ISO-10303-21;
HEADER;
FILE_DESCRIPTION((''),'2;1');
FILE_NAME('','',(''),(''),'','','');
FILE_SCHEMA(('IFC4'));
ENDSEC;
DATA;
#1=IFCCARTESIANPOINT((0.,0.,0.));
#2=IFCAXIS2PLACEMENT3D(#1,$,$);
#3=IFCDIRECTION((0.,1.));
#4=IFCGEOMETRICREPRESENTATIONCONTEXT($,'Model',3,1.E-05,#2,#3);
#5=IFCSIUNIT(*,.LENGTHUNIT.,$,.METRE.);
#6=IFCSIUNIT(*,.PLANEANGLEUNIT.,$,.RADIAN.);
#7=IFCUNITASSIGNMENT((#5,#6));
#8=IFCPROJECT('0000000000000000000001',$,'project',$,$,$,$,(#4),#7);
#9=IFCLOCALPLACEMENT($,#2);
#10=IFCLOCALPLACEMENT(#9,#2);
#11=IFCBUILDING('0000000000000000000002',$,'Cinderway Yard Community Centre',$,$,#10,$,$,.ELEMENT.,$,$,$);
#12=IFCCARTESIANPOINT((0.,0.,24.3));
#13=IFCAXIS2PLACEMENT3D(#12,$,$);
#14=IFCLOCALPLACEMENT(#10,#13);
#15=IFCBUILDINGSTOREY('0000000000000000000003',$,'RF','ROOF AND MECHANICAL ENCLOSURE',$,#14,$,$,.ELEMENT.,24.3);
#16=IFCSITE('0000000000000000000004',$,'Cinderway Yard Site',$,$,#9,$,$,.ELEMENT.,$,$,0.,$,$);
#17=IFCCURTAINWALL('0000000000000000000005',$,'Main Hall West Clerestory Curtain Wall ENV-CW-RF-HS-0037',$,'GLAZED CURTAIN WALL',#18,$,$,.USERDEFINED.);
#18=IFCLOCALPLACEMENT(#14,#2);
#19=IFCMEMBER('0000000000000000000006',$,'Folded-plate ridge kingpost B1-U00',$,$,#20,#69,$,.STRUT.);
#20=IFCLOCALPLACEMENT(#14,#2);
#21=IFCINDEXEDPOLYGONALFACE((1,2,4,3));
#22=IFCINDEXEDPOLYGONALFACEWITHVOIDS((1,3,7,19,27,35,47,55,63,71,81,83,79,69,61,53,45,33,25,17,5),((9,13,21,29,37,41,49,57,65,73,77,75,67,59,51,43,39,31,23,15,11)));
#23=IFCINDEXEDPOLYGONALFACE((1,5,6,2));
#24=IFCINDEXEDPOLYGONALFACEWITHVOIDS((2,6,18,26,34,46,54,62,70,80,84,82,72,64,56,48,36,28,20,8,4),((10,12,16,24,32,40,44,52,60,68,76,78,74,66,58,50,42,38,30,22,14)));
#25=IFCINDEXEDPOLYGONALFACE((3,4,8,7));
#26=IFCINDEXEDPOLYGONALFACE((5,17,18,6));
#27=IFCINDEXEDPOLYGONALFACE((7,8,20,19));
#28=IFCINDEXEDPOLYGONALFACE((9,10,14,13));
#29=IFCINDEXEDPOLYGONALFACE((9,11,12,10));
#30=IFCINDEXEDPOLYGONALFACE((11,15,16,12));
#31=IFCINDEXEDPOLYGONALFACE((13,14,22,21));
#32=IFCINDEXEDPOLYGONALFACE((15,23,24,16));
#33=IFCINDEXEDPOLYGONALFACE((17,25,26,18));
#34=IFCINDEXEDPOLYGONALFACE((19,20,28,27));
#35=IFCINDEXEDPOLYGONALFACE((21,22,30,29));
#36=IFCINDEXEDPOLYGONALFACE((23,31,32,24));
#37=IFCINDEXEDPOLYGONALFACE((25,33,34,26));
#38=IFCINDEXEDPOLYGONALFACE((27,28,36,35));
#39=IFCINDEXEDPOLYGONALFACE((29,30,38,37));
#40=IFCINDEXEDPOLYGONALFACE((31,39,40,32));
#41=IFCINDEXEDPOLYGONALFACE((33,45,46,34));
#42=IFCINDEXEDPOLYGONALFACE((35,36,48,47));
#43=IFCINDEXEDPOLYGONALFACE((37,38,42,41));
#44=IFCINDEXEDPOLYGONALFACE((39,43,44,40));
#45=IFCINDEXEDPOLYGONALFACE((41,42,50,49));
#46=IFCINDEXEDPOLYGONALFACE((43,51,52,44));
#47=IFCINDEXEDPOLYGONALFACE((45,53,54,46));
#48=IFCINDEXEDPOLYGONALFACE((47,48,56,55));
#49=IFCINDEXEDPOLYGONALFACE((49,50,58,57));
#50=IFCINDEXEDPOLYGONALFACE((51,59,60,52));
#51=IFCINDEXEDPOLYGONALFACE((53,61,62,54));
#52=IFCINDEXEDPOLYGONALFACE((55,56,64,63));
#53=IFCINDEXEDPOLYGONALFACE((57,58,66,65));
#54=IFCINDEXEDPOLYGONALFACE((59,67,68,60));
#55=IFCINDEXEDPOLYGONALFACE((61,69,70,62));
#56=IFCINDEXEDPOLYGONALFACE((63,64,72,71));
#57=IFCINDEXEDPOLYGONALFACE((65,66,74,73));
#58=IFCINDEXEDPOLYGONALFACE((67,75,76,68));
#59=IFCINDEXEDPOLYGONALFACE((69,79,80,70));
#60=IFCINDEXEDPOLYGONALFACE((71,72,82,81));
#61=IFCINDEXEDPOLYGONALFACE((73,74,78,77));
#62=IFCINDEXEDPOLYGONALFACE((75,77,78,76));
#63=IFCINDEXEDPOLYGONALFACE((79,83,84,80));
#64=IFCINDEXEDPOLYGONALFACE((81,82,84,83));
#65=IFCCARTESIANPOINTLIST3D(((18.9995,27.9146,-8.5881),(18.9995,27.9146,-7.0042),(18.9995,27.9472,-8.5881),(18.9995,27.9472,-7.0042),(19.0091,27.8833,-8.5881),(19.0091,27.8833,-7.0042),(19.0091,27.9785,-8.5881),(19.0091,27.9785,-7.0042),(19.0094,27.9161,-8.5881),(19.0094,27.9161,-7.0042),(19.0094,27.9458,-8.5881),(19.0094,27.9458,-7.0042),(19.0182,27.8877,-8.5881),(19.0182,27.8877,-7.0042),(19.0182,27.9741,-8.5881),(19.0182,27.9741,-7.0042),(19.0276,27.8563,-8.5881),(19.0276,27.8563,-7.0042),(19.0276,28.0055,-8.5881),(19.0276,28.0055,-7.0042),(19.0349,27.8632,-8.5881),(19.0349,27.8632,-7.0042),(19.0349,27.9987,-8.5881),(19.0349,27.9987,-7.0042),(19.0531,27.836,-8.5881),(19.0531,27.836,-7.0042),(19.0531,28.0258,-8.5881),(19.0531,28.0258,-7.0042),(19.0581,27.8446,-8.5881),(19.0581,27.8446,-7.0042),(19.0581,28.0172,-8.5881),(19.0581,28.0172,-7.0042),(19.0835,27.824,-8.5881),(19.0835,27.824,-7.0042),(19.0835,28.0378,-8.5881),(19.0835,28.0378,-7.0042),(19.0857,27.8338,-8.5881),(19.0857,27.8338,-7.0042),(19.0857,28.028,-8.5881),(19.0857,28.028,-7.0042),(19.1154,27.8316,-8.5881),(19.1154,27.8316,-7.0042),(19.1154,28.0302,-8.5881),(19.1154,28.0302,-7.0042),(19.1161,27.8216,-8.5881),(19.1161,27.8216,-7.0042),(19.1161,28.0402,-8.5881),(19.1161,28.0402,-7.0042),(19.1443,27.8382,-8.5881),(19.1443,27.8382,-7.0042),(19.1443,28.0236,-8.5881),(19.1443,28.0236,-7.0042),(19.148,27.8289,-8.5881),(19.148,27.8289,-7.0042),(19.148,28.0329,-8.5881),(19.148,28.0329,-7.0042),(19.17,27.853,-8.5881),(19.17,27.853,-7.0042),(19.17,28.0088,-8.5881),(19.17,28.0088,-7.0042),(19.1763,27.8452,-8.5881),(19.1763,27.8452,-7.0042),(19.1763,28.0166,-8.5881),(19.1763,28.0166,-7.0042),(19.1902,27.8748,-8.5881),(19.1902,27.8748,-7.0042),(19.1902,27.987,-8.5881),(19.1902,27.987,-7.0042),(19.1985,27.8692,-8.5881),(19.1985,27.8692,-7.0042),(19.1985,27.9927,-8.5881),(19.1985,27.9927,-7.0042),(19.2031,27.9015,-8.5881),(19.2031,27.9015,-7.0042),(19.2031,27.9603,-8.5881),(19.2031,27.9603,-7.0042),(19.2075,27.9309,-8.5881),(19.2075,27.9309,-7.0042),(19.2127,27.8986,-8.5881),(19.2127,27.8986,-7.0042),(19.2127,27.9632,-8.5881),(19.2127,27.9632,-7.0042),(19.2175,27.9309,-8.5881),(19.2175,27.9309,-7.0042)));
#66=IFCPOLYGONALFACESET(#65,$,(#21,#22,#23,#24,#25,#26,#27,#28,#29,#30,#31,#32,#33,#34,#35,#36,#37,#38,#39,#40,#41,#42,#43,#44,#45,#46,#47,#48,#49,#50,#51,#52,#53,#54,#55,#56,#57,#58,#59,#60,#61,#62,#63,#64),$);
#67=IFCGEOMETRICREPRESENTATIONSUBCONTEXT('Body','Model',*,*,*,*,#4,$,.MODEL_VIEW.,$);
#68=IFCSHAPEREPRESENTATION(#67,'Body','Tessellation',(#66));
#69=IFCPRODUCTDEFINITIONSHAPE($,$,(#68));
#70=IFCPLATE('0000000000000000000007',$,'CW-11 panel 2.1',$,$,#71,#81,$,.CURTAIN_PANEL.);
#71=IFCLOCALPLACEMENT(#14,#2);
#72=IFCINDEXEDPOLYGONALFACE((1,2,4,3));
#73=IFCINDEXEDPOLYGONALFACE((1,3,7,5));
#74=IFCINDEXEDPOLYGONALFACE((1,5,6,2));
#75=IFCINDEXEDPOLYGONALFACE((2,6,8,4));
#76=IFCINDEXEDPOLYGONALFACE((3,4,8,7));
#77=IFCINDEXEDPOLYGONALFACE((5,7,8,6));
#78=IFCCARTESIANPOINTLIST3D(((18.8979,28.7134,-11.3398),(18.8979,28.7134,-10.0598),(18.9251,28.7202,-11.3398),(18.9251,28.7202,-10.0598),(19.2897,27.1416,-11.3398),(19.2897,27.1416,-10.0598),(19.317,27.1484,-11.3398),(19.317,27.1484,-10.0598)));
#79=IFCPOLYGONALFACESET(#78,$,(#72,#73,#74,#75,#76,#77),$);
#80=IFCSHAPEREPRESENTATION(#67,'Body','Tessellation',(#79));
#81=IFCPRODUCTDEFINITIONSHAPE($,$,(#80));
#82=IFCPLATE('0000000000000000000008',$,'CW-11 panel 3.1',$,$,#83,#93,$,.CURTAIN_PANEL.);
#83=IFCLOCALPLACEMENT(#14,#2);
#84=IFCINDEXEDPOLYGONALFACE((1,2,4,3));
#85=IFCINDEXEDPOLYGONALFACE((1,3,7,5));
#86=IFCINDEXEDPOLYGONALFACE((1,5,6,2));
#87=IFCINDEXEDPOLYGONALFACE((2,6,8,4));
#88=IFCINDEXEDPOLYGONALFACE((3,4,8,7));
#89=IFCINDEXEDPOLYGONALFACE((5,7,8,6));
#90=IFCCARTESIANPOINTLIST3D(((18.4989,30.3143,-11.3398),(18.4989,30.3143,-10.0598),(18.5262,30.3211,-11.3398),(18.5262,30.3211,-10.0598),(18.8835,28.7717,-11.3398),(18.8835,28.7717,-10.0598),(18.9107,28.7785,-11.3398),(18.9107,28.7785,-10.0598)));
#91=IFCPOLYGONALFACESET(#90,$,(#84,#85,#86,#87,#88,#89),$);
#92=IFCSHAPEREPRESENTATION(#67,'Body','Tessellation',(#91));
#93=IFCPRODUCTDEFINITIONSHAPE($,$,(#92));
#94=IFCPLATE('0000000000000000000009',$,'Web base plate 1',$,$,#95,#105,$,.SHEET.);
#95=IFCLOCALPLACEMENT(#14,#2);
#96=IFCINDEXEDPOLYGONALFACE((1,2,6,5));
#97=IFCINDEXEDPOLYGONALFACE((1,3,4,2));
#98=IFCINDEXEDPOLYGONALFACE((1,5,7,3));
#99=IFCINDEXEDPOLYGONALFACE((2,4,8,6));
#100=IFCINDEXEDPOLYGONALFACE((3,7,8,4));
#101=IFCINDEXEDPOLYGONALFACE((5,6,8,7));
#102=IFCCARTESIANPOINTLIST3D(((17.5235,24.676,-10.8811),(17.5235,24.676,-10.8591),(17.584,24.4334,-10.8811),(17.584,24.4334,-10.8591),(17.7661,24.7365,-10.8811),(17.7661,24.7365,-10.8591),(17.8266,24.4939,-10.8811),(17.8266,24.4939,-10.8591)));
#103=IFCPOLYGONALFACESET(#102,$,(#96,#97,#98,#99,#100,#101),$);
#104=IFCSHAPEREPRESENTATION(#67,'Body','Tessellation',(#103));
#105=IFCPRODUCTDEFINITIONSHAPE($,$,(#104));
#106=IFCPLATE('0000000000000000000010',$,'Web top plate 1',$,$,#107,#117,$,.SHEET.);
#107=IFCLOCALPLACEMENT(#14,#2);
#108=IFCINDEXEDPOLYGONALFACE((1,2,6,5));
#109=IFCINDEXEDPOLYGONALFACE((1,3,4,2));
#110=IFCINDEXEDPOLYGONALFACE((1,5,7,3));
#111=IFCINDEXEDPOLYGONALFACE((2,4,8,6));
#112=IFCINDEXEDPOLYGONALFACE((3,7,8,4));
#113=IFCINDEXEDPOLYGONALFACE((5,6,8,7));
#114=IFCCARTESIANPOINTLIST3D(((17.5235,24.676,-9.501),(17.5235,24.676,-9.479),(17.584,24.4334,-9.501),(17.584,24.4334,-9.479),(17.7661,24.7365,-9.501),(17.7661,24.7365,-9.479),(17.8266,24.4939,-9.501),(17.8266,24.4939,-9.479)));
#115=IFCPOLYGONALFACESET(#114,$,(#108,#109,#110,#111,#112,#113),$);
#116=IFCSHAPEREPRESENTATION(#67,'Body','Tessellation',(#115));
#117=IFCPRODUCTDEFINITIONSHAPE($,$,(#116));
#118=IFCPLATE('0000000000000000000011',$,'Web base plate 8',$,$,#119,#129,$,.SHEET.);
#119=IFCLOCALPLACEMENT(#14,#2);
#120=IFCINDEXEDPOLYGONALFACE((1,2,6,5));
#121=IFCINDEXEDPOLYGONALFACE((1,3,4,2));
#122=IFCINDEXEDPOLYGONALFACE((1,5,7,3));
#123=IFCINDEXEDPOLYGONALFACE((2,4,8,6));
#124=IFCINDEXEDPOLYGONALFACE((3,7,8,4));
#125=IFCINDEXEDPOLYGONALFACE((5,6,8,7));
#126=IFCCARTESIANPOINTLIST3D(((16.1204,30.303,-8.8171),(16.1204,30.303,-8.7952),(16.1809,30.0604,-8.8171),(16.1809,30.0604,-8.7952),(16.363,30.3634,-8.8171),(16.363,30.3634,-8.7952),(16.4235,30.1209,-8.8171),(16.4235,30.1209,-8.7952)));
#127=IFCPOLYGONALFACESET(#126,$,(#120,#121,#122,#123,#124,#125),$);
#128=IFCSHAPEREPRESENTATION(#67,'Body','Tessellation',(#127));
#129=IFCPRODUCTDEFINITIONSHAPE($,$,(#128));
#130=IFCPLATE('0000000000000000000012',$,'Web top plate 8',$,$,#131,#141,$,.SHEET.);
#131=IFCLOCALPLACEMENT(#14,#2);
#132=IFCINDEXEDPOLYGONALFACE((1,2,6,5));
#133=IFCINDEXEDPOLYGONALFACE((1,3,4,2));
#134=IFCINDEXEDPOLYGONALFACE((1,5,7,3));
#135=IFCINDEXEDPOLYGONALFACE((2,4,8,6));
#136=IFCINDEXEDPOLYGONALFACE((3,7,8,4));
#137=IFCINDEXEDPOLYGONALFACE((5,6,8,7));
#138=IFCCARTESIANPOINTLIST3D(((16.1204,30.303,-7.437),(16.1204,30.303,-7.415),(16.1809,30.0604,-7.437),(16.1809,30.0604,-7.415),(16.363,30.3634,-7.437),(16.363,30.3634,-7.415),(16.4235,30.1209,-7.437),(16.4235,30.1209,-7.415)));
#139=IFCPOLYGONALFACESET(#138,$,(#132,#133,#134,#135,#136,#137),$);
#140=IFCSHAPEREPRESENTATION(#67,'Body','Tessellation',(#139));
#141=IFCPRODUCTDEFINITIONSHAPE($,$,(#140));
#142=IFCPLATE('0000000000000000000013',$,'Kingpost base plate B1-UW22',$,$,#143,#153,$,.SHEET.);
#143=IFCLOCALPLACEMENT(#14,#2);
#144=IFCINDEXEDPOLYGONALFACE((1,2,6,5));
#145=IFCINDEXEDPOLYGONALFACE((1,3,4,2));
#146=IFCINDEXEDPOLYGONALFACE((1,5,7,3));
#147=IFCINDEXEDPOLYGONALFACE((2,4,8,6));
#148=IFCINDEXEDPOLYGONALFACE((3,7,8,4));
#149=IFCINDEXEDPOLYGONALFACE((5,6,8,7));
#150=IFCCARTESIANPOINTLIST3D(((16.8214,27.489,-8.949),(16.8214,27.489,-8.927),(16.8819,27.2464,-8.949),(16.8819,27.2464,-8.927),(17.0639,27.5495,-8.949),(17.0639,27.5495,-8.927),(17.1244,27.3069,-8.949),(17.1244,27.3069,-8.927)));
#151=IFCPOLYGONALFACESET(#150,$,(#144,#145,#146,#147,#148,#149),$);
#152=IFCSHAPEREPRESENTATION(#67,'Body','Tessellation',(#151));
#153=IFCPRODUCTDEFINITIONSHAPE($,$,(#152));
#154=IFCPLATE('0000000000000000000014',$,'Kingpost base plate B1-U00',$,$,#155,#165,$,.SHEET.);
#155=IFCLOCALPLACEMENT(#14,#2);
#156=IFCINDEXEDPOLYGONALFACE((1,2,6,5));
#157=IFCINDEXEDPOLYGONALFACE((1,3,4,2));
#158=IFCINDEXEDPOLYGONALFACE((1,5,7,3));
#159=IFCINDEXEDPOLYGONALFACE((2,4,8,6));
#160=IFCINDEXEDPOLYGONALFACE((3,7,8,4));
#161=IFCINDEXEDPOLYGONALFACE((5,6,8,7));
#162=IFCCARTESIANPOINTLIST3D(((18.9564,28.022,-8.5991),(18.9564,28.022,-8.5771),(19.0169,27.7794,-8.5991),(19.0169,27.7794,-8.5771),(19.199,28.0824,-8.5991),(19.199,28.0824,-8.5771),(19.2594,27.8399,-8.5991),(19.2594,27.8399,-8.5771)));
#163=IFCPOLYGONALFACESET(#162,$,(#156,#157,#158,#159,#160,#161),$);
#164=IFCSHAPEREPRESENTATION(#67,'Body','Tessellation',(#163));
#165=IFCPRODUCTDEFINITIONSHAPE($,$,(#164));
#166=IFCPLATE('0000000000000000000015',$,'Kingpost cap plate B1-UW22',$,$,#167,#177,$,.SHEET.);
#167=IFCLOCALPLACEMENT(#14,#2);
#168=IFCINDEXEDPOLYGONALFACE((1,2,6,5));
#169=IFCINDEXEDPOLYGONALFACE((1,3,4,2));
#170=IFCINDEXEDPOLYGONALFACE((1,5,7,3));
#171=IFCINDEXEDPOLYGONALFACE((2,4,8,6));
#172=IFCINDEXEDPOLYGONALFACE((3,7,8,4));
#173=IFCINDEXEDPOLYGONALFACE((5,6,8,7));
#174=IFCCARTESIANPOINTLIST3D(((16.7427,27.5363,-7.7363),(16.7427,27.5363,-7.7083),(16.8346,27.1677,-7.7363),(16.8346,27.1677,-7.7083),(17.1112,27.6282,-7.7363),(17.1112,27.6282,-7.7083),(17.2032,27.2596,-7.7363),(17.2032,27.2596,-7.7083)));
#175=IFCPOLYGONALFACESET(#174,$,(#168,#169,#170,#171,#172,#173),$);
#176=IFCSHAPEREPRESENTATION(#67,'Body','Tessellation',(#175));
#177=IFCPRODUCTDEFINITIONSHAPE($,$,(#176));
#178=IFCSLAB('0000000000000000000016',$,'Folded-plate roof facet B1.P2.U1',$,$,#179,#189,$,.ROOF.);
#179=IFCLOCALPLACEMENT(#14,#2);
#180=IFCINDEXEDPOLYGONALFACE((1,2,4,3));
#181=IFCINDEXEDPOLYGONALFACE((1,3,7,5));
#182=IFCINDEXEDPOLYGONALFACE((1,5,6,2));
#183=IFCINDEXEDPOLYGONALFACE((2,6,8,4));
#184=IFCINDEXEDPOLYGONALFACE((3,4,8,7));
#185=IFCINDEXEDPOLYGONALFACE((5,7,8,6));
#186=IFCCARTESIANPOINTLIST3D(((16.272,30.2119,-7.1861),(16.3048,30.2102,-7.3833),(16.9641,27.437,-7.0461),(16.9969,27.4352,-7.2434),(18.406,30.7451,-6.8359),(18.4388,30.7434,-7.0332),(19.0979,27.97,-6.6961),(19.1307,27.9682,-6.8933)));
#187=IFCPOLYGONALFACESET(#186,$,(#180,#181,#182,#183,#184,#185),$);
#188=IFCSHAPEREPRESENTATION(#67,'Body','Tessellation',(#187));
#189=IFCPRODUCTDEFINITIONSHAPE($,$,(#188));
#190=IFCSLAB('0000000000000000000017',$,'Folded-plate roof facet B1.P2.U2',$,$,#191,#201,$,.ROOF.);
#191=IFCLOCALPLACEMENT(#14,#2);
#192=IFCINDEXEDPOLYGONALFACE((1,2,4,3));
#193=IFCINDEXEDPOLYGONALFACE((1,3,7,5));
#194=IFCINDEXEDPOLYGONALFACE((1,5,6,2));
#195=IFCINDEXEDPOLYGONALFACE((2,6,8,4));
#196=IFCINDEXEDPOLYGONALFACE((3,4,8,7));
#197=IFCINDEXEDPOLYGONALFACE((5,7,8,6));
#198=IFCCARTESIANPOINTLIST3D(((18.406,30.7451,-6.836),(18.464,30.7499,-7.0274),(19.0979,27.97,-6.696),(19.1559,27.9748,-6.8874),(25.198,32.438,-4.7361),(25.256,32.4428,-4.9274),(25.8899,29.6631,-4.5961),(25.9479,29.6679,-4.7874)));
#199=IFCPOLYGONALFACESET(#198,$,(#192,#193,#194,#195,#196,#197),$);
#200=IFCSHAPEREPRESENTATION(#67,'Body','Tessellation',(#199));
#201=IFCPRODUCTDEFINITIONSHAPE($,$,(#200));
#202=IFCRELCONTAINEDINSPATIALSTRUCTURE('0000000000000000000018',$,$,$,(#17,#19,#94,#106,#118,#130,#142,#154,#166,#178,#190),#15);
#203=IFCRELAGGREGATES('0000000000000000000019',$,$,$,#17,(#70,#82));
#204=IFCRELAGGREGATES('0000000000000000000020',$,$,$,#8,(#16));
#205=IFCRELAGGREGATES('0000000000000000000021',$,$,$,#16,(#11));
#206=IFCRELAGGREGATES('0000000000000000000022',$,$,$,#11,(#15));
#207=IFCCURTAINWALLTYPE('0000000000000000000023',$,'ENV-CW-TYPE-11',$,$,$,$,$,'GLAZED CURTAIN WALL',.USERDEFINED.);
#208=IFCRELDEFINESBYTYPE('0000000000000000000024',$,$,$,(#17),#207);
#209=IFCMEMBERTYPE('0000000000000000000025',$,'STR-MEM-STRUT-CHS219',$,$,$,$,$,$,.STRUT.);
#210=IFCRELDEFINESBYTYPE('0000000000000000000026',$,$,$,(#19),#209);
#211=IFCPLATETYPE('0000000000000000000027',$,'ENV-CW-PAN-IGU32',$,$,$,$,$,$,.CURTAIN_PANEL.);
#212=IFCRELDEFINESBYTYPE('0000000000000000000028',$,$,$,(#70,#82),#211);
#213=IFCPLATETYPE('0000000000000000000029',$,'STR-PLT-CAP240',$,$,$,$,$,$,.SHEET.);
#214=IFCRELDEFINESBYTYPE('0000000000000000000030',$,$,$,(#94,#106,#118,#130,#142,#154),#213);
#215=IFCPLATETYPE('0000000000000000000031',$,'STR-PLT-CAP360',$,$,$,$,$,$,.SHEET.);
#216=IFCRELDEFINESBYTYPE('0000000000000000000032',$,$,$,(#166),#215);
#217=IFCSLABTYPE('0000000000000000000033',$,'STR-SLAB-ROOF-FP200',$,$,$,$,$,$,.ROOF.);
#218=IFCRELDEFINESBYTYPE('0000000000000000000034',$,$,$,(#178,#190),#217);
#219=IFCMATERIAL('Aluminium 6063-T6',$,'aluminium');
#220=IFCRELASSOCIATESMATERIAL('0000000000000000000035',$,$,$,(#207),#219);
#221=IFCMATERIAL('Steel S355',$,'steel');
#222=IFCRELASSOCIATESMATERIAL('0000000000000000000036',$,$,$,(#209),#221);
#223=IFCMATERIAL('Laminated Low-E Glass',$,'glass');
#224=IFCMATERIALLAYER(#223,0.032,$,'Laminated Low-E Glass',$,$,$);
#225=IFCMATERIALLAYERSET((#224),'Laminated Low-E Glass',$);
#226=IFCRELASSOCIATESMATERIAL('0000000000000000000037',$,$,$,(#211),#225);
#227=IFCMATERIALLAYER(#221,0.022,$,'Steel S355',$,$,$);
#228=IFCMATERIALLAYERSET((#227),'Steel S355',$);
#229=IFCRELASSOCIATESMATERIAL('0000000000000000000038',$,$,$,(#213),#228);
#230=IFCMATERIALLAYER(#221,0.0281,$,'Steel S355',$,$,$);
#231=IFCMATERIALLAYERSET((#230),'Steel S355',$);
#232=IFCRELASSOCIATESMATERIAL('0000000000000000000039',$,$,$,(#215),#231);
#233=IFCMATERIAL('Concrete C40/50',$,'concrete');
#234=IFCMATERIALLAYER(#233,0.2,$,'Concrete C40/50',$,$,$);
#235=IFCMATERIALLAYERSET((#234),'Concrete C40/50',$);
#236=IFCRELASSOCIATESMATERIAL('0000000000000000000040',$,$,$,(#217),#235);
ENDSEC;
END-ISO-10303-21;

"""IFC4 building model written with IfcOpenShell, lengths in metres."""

from ifc_helpers import new_model, si_unit, direction, frame, origin, origin_2d, place, context, subcontext, project, spatial, polyline, rectangle, hollow_circle, outline, extrude, material, layer, layer_set, material_profile, profile_set, type_object, element, aggregate, save


model = new_model("IFC4")

# Units and contexts
model_context = context("Model", 3, precision=1e-05, world=origin(), true_north=direction((0.0, 1.0)))
body_context = subcontext(model_context, "Body", "Model", "MODEL_VIEW")
ifc_project = project(units=[si_unit("LENGTHUNIT", "METRE"), si_unit("PLANEANGLEUNIT", "RADIAN")], contexts=[model_context])

# Site, building, storey
site_placement = place(None, origin())
site = spatial("IfcSite", under=ifc_project, at=site_placement, Name="Cinderway Yard Site", CompositionType="ELEMENT", RefElevation=0.0)
building_placement = place(site_placement, origin())
building = spatial("IfcBuilding", under=site, at=building_placement, Name="Cinderway Yard Community Centre", CompositionType="ELEMENT")
storey_placement = place(building_placement, frame((0.0, 0.0, 24.3)))
storey = spatial("IfcBuildingStorey", under=building, at=storey_placement, Name="RF", Description="ROOF AND MECHANICAL ENCLOSURE", CompositionType="ELEMENT", Elevation=24.3)

# Curtain wall
ifc_material_1 = material(Name="Aluminium 6063-T6", Category="aluminium")
curtain_wall_type = type_object("IfcCurtainWallType", Name="ENV-CW-TYPE-11", ElementType="GLAZED CURTAIN WALL", PredefinedType="USERDEFINED", material=ifc_material_1)
curtain_wall_placement = place(storey_placement, origin())
curtain_wall = element("IfcCurtainWall", 1, at=curtain_wall_placement, inside=storey, type_object=curtain_wall_type, Name="Main Hall West Clerestory Curtain Wall ENV-CW-RF-HS-0037", ObjectType="GLAZED CURTAIN WALL", PredefinedType="USERDEFINED")

# Shared definitions
ifc_material_2 = material(Name="Concrete C40/50", Category="concrete")
ifc_material_3 = material(Name="Steel S355", Category="steel")

# Member
ifc_material_profile_1 = material_profile(ifc_material_3, hollow_circle(Radius=0.1096, WallThickness=0.01, at=origin_2d()), Name="Steel S355")
ifc_profile_set_1 = profile_set([ifc_material_profile_1], Name="Steel S355")
member_type_1 = type_object("IfcMemberType", Name="STR-MEM-STRUT-CHS219", PredefinedType="STRUT", material=ifc_profile_set_1)
for number, where, z_axis, x_axis, name in (
    (2, (19.1079, 27.9309, -8.5881), (0.0, 0.0, 1.0), (1.0, 0.0, 0.0), "Folded-plate ridge kingpost B1-U00"),
):
    element("IfcMember", number, at=place(storey_placement, frame(where, z_axis=z_axis, x_axis=x_axis)), inside=storey, type_object=member_type_1, Name=name, PredefinedType="STRUT", context=body_context, shape_type="SweptSolid", body=[
        extrude(hollow_circle(Radius=0.1096, WallThickness=0.01, at=origin_2d()), origin(), (0.0, 0.0, 1.0), 1.584),
    ])

# Plates
ifc_material_4 = material(Name="Laminated Low-E Glass", Category="glass")
ifc_layer_1 = layer(ifc_material_4, 0.032, Name="Laminated Low-E Glass")
ifc_layer_set_1 = layer_set([ifc_layer_1], Name="Laminated Low-E Glass")
plate_type_1 = type_object("IfcPlateType", Name="ENV-CW-PAN-IGU32", PredefinedType="CURTAIN_PANEL", material=ifc_layer_set_1)
plate_1_placement = place(storey_placement, frame((19.1074, 27.9309, -11.3398), z_axis=(0.0, 0.0, 1.0), x_axis=(-0.241882, 0.970306, 0.0)))
plate_1 = element("IfcPlate", 3, at=plate_1_placement, type_object=plate_type_1, Name="CW-11 panel 2.1", PredefinedType="CURTAIN_PANEL", context=body_context, shape_type="SweptSolid", body=[
    extrude(rectangle(XDim=1.6199, YDim=0.0281, at=origin_2d()), origin(), (0.0, 0.0, 1.0), 1.28),
])
plate_2_placement = place(storey_placement, frame((18.7048, 29.5464, -11.3398), z_axis=(0.0, 0.0, 1.0), x_axis=(-0.241882, 0.970306, 0.0)))
plate_2 = element("IfcPlate", 4, at=plate_2_placement, type_object=plate_type_1, Name="CW-11 panel 3.1", PredefinedType="CURTAIN_PANEL", context=body_context, shape_type="SweptSolid", body=[
    extrude(rectangle(XDim=1.5898, YDim=0.0281, at=origin_2d()), origin(), (0.0, 0.0, 1.0), 1.28),
])
aggregate(curtain_wall, [plate_1, plate_2])

# Plates
ifc_layer_2 = layer(ifc_material_3, 0.022, Name="Steel S355")
ifc_layer_set_2 = layer_set([ifc_layer_2], Name="Steel S355")
plate_type_2 = type_object("IfcPlateType", Name="STR-PLT-CAP240", PredefinedType="SHEET", material=ifc_layer_set_2)
for number, where, z_axis, x_axis, name in (
    (5, (17.675, 24.585, -10.8811), (0.0, 0.0, 1.0), (0.970296, 0.241922, 0.0), "Web base plate 1"),
    (6, (17.675, 24.585, -9.501), (0.0, 0.0, 1.0), (0.970296, 0.241922, 0.0), "Web top plate 1"),
    (7, (16.272, 30.2119, -8.8171), (0.0, 0.0, 1.0), (0.970296, 0.241922, 0.0), "Web base plate 8"),
    (8, (16.272, 30.2119, -7.437), (0.0, 0.0, 1.0), (0.970296, 0.241922, 0.0), "Web top plate 8"),
    (9, (16.9729, 27.3979, -8.949), (0.0, 0.0, 1.0), (0.970296, 0.241922, 0.0), "Kingpost base plate B1-UW22"),
    (10, (19.1079, 27.9309, -8.5991), (0.0, 0.0, 1.0), (0.970296, 0.241922, 0.0), "Kingpost base plate B1-U00"),
):
    element("IfcPlate", number, at=place(storey_placement, frame(where, z_axis=z_axis, x_axis=x_axis)), inside=storey, type_object=plate_type_2, Name=name, PredefinedType="SHEET", context=body_context, shape_type="SweptSolid", body=[
        extrude(rectangle(XDim=0.25, YDim=0.25, at=origin_2d()), origin(), (0.0, 0.0, 1.0), 0.022),
    ])
ifc_layer_3 = layer(ifc_material_3, 0.0281, Name="Steel S355")
ifc_layer_set_3 = layer_set([ifc_layer_3], Name="Steel S355")
plate_type_3 = type_object("IfcPlateType", Name="STR-PLT-CAP360", PredefinedType="SHEET", material=ifc_layer_set_3)
plate_3_placement = place(storey_placement, frame((16.9729, 27.3979, -7.7363), z_axis=(0.0, 0.0, 1.0), x_axis=(0.970296, 0.241922, 0.0)))
element("IfcPlate", 11, at=plate_3_placement, inside=storey, type_object=plate_type_3, Name="Kingpost cap plate B1-UW22", PredefinedType="SHEET", context=body_context, shape_type="SweptSolid", body=[
    extrude(rectangle(XDim=0.3799, YDim=0.3799, at=origin_2d()), origin(), (0.0, 0.0, 1.0), 0.0281),
])

# Slabs
ifc_layer_4 = layer(ifc_material_2, 0.2, Name="Concrete C40/50")
ifc_layer_set_4 = layer_set([ifc_layer_4], Name="Concrete C40/50")
slab_type = type_object("IfcSlabType", Name="STR-SLAB-ROOF-FP200", PredefinedType="ROOF", material=ifc_layer_set_4)
slab_1_placement = place(storey_placement, frame((16.9641, 27.437, -7.0461), z_axis=(-0.164038, 0.00882, 0.986415), x_axis=(0.958133, 0.239314, 0.157195)))
element("IfcSlab", 12, at=slab_1_placement, inside=storey, type_object=slab_type, Name="Folded-plate roof facet B1.P2.U1", PredefinedType="ROOF", context=body_context, shape_type="SweptSolid", body=[
    extrude(outline(polyline([(0.0, 0.0), (2.227, 0.0), (2.2062, 2.8634), (-0.0211, 2.8633), (0.0, 0.0)])), origin(), (0.0, 0.0, -1.0), 0.2),
])
slab_2_placement = place(storey_placement, frame((19.0979, 27.97, -6.696), z_axis=(-0.289839, -0.023991, 0.956775), x_axis=(0.929384, 0.231677, 0.287351)))
element("IfcSlab", 13, at=slab_2_placement, inside=storey, type_object=slab_type, Name="Folded-plate roof facet B1.P2.U2", PredefinedType="ROOF", context=body_context, shape_type="SweptSolid", body=[
    extrude(outline(polyline([(0.0, 0.0), (7.3081, 0.0), (7.2677, 2.863), (-0.0403, 2.8632), (0.0, 0.0)])), origin(), (0.0, 0.0, -1.0), 0.2),
])

save(model, "model.ifc")
